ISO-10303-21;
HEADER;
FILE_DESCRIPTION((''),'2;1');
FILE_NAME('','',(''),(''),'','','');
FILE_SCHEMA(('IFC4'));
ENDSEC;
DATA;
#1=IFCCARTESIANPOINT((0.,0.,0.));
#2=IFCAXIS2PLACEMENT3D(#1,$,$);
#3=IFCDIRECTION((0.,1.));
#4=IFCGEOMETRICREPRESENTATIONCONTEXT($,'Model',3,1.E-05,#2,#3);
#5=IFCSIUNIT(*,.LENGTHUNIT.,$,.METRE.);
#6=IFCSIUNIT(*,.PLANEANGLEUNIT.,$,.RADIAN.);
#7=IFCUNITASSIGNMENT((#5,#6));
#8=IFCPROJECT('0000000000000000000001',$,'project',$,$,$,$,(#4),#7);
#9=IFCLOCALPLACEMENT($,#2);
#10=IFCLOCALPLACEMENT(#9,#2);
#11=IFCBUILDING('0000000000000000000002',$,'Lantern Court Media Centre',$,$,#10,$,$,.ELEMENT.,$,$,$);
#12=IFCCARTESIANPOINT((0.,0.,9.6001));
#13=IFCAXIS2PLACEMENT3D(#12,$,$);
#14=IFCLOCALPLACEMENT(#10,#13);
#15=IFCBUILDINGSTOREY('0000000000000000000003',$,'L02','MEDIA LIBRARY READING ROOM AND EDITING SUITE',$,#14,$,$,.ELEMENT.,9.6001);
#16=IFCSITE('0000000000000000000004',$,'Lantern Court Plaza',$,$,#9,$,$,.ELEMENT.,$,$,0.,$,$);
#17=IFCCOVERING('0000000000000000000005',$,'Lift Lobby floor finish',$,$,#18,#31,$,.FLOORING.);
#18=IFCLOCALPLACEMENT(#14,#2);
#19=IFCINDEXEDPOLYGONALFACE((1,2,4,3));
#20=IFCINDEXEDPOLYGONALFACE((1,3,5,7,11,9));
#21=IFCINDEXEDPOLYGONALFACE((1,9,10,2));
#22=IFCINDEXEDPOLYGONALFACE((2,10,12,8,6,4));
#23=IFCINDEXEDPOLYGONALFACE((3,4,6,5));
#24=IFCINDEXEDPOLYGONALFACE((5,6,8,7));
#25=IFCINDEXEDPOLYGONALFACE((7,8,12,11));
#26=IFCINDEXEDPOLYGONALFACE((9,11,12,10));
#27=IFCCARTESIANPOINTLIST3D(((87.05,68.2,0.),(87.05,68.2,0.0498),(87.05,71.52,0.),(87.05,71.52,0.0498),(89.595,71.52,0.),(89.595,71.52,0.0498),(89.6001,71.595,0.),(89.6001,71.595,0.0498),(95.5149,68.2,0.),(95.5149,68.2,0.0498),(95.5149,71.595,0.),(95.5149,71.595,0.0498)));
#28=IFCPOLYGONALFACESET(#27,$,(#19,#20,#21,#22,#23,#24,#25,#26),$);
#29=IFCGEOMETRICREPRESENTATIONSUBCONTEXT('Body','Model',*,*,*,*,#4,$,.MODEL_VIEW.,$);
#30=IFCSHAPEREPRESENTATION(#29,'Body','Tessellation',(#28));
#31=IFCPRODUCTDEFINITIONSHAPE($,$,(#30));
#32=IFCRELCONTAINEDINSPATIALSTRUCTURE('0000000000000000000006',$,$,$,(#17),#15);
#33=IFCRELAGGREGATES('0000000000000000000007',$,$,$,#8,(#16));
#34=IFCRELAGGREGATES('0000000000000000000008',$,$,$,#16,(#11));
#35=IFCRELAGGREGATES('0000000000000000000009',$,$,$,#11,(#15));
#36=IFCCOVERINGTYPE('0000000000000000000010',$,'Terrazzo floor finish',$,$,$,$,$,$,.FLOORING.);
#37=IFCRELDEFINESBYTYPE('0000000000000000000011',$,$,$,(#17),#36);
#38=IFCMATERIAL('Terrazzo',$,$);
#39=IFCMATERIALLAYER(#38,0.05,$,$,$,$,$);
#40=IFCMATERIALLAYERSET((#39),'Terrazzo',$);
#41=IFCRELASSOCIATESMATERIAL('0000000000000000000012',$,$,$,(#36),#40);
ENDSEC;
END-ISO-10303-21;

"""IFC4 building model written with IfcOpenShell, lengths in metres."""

from ifc_helpers import new_model, si_unit, direction, frame, origin, place, context, subcontext, project, spatial, polyline, outline, extrude, material, layer, layer_set, type_object, element, save


model = new_model("IFC4")

# Units and contexts
model_context = context("Model", 3, precision=1e-05, world=origin(), true_north=direction((0.0, 1.0)))
body_context = subcontext(model_context, "Body", "Model", "MODEL_VIEW")
ifc_project = project(units=[si_unit("LENGTHUNIT", "METRE"), si_unit("PLANEANGLEUNIT", "RADIAN")], contexts=[model_context])

# Site, building, storey
site_placement = place(None, origin())
site = spatial("IfcSite", under=ifc_project, at=site_placement, Name="Lantern Court Plaza", CompositionType="ELEMENT", RefElevation=0.0)
building_placement = place(site_placement, origin())
building = spatial("IfcBuilding", under=site, at=building_placement, Name="Lantern Court Media Centre", CompositionType="ELEMENT")
storey_placement = place(building_placement, frame((0.0, 0.0, 9.6001)))
storey = spatial("IfcBuildingStorey", under=building, at=storey_placement, Name="L02", Description="MEDIA LIBRARY READING ROOM AND EDITING SUITE", CompositionType="ELEMENT", Elevation=9.6001)

# Covering
ifc_material_1 = material(Name="Terrazzo")
ifc_layer_1 = layer(ifc_material_1, 0.05)
ifc_layer_set_1 = layer_set([ifc_layer_1], Name="Terrazzo")
covering_type_1 = type_object("IfcCoveringType", Name="Terrazzo floor finish", PredefinedType="FLOORING", material=ifc_layer_set_1)
covering_1_placement = place(storey_placement, origin())
element("IfcCovering", 1, at=covering_1_placement, inside=storey, type_object=covering_type_1, Name="Lift Lobby floor finish", PredefinedType="FLOORING", context=body_context, shape_type="SweptSolid", body=[
    extrude(outline(polyline([(87.05, 68.2), (87.05, 71.52), (89.595, 71.52), (89.6001, 71.595), (95.5149, 71.595), (95.5149, 68.2), (87.05, 68.2)])), origin(), (0.0, 0.0, 1.0), 0.0498),
])

save(model, "model.ifc")
